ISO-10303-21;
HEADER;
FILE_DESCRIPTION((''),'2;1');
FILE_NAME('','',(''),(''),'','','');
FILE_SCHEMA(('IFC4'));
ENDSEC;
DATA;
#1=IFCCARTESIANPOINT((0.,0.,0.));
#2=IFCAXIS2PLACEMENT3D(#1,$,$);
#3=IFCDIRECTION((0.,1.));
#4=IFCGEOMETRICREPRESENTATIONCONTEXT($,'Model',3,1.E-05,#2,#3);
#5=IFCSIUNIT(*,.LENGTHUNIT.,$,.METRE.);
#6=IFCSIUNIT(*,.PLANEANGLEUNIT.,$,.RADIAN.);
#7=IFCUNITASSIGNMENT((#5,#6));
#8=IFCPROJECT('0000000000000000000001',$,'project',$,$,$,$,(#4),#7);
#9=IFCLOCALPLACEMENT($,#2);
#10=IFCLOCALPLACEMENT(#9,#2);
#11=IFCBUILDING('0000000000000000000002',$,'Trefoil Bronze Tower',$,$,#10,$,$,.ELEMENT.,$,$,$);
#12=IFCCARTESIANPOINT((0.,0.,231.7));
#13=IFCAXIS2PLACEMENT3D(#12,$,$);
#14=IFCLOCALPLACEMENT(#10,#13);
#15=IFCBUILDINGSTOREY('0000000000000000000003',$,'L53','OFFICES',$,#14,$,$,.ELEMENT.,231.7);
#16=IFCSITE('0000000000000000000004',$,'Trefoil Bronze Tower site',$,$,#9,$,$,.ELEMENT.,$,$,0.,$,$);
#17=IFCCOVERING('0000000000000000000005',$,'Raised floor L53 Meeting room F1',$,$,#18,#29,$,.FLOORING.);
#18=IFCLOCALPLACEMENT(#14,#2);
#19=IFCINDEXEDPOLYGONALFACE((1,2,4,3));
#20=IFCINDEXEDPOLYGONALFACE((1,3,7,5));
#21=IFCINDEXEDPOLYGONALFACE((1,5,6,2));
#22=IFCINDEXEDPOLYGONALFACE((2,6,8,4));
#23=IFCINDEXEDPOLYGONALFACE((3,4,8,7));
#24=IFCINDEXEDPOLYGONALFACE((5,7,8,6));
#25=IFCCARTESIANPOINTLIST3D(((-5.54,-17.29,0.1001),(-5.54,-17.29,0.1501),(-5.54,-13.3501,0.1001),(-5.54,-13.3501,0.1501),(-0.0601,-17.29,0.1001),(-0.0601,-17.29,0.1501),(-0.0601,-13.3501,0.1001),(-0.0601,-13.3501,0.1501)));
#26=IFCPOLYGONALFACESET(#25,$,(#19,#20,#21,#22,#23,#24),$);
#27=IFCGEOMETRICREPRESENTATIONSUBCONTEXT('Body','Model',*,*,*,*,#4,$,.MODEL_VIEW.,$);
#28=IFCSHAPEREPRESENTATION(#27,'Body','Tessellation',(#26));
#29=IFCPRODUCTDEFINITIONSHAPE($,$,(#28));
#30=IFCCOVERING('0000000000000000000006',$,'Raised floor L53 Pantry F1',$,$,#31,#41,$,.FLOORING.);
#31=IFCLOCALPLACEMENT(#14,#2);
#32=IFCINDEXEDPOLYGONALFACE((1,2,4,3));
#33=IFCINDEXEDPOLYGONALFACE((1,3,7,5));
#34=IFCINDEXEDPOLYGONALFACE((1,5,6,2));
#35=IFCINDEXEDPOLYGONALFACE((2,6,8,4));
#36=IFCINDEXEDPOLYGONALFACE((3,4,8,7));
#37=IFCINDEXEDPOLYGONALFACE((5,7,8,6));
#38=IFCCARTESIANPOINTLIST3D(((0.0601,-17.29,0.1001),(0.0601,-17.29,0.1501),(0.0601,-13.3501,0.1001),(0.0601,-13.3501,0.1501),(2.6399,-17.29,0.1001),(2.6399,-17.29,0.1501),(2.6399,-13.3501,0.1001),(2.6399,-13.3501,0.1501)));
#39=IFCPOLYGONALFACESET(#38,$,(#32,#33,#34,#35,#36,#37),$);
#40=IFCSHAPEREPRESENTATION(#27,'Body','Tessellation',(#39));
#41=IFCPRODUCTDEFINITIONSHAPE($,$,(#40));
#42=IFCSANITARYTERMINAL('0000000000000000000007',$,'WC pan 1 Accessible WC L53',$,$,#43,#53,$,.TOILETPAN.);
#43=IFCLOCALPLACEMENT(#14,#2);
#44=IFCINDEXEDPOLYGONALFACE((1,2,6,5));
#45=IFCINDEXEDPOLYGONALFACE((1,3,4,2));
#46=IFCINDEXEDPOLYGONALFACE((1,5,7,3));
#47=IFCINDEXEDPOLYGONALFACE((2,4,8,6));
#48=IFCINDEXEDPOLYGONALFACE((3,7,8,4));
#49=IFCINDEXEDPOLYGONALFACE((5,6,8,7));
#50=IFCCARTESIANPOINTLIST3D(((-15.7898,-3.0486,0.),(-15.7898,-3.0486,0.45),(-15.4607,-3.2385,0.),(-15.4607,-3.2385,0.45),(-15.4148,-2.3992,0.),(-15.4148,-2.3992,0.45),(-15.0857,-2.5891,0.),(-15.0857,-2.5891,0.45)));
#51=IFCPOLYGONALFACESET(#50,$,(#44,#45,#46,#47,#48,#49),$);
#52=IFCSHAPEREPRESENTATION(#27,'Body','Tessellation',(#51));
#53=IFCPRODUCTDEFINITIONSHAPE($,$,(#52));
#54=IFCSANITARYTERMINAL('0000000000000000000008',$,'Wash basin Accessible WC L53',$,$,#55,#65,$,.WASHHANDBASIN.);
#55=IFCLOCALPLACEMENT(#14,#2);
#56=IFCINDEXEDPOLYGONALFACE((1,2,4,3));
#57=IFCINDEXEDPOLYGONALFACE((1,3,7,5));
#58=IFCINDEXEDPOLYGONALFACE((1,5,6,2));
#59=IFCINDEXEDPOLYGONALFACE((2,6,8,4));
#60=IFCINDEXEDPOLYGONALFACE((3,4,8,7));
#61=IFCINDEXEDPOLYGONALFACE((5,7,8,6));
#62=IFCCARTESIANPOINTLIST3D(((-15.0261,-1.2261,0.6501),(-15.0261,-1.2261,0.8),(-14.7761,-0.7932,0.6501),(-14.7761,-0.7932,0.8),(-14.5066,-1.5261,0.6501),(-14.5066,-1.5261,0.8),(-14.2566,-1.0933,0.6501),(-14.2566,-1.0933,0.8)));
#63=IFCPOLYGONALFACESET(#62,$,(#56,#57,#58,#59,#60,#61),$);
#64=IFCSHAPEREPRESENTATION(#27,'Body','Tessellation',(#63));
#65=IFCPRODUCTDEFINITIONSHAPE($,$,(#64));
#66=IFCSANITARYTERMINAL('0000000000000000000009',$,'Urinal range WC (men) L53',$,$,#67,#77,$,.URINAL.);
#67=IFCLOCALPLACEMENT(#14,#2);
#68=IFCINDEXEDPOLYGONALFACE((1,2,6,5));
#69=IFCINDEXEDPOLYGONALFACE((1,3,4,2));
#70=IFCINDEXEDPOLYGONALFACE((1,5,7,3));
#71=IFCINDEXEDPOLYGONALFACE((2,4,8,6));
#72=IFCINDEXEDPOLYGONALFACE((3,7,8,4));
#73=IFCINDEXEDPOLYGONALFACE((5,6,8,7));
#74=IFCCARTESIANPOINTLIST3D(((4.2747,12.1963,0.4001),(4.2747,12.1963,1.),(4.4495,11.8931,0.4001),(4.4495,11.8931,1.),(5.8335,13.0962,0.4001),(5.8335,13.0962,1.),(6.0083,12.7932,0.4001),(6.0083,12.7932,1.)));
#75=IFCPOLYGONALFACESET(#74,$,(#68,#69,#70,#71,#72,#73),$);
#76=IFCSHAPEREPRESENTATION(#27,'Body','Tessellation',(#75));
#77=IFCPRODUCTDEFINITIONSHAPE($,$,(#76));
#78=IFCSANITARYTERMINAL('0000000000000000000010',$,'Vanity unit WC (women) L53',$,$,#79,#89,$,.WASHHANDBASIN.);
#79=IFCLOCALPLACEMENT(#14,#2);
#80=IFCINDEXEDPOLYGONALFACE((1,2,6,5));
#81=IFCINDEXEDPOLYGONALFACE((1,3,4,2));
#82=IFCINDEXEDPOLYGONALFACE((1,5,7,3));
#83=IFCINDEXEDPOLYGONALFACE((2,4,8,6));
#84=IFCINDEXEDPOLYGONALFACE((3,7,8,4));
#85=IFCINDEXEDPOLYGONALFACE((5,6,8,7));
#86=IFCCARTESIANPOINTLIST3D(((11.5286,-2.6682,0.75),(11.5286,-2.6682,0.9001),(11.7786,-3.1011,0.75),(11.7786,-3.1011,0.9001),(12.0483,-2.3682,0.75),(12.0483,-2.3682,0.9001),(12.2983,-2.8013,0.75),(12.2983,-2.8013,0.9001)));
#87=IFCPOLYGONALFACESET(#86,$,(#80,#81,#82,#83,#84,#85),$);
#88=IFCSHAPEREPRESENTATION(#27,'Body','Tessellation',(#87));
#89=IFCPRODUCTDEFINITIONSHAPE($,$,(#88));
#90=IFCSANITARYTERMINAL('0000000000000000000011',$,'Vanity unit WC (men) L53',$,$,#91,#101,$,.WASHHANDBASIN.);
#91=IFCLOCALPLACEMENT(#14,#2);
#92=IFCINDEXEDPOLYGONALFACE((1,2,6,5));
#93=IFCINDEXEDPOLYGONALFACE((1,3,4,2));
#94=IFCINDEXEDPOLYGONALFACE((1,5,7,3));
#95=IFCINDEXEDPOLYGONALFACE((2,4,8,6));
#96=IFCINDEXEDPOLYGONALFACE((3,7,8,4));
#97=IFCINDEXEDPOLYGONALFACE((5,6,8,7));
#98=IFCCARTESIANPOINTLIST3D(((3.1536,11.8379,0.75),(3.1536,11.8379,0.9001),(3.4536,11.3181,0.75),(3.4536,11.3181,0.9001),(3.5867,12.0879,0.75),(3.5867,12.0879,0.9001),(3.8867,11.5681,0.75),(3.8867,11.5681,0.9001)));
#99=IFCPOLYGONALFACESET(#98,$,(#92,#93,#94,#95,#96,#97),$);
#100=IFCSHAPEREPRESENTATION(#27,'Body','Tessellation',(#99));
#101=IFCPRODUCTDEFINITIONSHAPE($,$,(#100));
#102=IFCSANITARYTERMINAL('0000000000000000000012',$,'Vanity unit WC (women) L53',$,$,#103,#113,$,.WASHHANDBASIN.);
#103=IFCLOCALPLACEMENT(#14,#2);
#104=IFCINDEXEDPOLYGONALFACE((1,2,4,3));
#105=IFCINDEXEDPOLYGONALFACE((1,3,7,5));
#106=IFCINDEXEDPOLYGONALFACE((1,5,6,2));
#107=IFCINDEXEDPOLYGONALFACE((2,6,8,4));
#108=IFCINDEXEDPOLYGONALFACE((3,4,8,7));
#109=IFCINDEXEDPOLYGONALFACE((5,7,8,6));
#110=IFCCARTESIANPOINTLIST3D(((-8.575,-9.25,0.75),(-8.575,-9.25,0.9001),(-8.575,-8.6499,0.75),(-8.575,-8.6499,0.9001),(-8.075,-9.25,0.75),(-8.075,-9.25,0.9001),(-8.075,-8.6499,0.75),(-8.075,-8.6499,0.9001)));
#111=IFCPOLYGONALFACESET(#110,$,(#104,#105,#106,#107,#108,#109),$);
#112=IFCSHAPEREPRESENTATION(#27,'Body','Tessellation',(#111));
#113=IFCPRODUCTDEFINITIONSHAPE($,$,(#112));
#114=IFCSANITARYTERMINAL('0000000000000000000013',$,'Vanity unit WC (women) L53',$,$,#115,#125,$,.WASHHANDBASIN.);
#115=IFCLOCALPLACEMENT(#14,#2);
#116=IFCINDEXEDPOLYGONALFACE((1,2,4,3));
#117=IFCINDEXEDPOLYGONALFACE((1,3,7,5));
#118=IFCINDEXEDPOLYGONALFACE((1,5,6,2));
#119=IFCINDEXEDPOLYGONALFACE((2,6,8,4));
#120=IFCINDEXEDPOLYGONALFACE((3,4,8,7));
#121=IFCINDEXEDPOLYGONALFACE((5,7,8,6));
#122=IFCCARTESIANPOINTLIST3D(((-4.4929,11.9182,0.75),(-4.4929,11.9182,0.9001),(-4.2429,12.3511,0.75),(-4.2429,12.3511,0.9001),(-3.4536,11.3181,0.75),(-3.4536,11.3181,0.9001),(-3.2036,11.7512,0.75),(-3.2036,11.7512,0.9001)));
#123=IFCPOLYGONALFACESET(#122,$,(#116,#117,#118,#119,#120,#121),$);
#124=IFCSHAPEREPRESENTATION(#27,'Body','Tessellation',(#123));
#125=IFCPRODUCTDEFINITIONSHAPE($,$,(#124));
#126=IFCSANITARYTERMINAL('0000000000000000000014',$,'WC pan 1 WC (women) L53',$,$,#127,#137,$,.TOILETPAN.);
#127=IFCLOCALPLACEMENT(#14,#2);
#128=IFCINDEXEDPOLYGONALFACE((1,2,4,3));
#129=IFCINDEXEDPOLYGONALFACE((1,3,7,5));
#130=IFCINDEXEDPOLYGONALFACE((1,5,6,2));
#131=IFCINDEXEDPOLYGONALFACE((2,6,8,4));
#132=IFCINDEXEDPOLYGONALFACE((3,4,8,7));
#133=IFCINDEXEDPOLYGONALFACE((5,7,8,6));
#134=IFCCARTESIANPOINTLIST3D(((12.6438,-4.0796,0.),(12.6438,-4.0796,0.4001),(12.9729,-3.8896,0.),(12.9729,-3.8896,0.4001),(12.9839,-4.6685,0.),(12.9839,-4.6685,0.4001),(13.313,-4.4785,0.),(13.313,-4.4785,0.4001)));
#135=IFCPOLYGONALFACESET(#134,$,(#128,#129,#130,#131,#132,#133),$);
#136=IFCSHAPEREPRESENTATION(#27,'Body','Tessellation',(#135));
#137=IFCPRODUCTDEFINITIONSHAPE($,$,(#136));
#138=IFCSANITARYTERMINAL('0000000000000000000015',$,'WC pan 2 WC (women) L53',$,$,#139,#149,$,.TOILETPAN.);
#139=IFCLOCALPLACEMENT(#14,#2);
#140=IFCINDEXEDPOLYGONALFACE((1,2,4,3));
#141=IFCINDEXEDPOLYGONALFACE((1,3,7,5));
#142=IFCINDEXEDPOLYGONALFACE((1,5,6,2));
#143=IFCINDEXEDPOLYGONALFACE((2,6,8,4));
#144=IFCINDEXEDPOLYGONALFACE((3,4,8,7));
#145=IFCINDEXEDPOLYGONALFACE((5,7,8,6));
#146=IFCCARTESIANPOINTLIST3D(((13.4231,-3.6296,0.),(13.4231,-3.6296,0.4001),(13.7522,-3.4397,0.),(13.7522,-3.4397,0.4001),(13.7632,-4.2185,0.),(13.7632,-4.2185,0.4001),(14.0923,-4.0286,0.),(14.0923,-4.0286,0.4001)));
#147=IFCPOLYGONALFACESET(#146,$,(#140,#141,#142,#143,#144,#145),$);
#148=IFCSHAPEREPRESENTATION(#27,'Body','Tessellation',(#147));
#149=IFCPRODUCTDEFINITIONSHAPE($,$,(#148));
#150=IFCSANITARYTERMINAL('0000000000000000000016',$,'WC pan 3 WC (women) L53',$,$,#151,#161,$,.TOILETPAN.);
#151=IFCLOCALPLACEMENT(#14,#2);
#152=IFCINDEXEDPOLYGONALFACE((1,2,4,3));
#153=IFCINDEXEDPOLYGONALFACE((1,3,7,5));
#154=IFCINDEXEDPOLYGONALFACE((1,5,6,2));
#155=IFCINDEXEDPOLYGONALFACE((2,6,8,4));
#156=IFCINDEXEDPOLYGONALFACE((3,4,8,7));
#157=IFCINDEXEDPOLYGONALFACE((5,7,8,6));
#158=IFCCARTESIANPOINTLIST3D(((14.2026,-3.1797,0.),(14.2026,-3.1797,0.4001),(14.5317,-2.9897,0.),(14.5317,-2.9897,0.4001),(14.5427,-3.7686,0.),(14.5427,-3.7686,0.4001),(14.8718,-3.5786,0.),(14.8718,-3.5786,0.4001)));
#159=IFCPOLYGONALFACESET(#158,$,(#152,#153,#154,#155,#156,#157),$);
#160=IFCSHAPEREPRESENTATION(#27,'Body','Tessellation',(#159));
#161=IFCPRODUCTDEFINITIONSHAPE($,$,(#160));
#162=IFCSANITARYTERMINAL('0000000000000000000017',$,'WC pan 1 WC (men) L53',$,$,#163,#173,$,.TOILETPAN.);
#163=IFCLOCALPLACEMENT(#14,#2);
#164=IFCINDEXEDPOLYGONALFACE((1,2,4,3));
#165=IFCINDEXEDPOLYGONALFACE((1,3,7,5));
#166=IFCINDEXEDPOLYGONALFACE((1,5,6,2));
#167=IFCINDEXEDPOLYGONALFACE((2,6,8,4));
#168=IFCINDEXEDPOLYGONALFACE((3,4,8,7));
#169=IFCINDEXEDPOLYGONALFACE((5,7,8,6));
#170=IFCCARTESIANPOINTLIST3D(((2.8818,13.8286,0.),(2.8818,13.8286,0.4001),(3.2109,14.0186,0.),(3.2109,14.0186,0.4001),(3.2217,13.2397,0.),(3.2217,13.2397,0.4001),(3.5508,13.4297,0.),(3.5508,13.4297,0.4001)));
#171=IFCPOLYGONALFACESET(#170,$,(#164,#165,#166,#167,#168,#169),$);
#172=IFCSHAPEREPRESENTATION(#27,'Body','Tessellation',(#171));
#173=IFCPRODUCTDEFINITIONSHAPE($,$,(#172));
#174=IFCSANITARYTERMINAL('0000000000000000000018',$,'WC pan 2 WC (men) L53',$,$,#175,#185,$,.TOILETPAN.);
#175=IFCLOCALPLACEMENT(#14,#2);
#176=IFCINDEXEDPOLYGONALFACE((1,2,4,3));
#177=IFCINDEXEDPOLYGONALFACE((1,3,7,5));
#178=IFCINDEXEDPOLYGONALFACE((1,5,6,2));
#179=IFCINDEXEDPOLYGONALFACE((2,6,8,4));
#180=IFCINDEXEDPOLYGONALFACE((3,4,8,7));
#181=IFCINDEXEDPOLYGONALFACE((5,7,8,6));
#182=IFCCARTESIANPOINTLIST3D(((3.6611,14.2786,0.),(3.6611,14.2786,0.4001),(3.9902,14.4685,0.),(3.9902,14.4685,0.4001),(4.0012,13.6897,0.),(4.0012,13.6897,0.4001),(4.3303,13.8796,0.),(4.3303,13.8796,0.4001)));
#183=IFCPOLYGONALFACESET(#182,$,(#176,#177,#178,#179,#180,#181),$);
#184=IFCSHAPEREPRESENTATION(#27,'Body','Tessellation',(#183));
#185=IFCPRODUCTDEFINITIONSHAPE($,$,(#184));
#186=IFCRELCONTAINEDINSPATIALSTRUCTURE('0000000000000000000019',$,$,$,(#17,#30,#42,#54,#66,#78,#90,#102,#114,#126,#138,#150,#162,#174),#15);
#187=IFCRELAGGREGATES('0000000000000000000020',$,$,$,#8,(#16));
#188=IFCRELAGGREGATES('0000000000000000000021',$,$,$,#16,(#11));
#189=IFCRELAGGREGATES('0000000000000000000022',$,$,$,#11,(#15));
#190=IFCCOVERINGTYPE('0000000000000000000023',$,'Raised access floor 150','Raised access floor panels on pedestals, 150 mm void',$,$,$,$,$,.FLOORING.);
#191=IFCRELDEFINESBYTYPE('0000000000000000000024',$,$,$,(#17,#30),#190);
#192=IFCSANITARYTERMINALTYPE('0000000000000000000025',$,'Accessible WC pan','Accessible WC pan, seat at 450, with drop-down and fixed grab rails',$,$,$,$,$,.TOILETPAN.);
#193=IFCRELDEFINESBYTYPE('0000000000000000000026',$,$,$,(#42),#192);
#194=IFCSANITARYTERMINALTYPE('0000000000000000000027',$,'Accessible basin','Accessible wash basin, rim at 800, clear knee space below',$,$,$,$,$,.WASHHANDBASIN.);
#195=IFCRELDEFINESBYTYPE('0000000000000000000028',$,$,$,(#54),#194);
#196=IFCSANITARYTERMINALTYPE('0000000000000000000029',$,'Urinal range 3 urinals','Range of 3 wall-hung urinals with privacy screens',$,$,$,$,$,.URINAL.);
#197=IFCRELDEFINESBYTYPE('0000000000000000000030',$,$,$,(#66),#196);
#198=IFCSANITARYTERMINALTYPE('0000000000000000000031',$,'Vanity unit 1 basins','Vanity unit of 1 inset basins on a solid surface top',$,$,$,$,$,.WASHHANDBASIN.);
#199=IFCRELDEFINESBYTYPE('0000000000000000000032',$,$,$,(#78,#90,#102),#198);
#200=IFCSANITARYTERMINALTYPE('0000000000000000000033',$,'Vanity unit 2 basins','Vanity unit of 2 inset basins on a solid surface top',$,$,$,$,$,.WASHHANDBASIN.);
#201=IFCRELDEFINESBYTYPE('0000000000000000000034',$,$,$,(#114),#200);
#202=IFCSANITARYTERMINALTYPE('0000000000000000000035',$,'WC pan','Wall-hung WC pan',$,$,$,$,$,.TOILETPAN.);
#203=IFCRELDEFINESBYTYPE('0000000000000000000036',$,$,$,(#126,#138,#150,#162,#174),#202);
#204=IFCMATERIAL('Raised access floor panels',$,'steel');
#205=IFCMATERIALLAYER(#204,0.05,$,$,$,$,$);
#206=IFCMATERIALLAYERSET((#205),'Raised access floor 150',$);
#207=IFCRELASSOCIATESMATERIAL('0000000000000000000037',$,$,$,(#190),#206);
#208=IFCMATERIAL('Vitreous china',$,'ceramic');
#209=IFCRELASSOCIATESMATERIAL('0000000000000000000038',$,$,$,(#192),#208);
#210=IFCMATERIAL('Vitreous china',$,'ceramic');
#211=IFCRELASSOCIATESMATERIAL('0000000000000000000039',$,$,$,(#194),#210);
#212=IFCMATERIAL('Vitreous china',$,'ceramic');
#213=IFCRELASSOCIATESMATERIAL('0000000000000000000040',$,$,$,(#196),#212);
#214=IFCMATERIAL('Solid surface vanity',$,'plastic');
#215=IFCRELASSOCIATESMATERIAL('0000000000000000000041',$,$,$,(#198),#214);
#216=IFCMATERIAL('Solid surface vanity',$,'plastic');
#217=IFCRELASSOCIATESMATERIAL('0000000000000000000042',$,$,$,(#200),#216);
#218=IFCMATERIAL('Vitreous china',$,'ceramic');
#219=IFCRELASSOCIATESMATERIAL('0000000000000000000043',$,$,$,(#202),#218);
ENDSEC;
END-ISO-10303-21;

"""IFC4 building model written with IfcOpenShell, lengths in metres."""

from ifc_helpers import new_model, si_unit, direction, frame, origin, place, context, subcontext, project, spatial, polyline, outline, extrude, material, layer, layer_set, type_object, element, save


model = new_model("IFC4")

# Units and contexts
model_context = context("Model", 3, precision=1e-05, world=origin(), true_north=direction((0.0, 1.0)))
body_context = subcontext(model_context, "Body", "Model", "MODEL_VIEW")
ifc_project = project(units=[si_unit("LENGTHUNIT", "METRE"), si_unit("PLANEANGLEUNIT", "RADIAN")], contexts=[model_context])

# Site, building, storey
site_placement = place(None, origin())
site = spatial("IfcSite", under=ifc_project, at=site_placement, Name="Trefoil Bronze Tower site", CompositionType="ELEMENT", RefElevation=0.0)
building_placement = place(site_placement, origin())
building = spatial("IfcBuilding", under=site, at=building_placement, Name="Trefoil Bronze Tower", CompositionType="ELEMENT")
storey_placement = place(building_placement, frame((0.0, 0.0, 231.7)))
storey = spatial("IfcBuildingStorey", under=building, at=storey_placement, Name="L53", Description="OFFICES", CompositionType="ELEMENT", Elevation=231.7)

# Coverings
ifc_material_1 = material(Name="Raised access floor panels", Category="steel")
ifc_layer_1 = layer(ifc_material_1, 0.05)
ifc_layer_set_1 = layer_set([ifc_layer_1], Name="Raised access floor 150")
covering_type_1 = type_object("IfcCoveringType", Name="Raised access floor 150", Description="Raised access floor panels on pedestals, 150 mm void", PredefinedType="FLOORING", material=ifc_layer_set_1)
covering_1_placement = place(storey_placement, frame((0.0, 0.0, 0.1001)))
element("IfcCovering", 1, at=covering_1_placement, inside=storey, type_object=covering_type_1, Name="Raised floor L53 Meeting room F1", PredefinedType="FLOORING", context=body_context, shape_type="SweptSolid", body=[
    extrude(outline(polyline([(-0.0601, -13.3501), (-0.0601, -17.29), (-5.54, -17.29), (-5.54, -13.3501), (-0.0601, -13.3501)])), origin(), (0.0, 0.0, 1.0), 0.05),
])
covering_2_placement = place(storey_placement, frame((0.0, 0.0, 0.1001)))
element("IfcCovering", 2, at=covering_2_placement, inside=storey, type_object=covering_type_1, Name="Raised floor L53 Pantry F1", PredefinedType="FLOORING", context=body_context, shape_type="SweptSolid", body=[
    extrude(outline(polyline([(2.6399, -13.3501), (2.6399, -17.29), (0.0601, -17.29), (0.0601, -13.3501), (2.6399, -13.3501)])), origin(), (0.0, 0.0, 1.0), 0.05),
])

# Sanitary terminals
ifc_material_2 = material(Name="Vitreous china", Category="ceramic")
sanitary_terminal_type_1 = type_object("IfcSanitaryTerminalType", Name="Accessible WC pan", Description="Accessible WC pan, seat at 450, with drop-down and fixed grab rails", PredefinedType="TOILETPAN", material=ifc_material_2)
sanitary_terminal_1_placement = place(storey_placement, origin())
element("IfcSanitaryTerminal", 3, at=sanitary_terminal_1_placement, inside=storey, type_object=sanitary_terminal_type_1, Name="WC pan 1 Accessible WC L53", PredefinedType="TOILETPAN", context=body_context, shape_type="SweptSolid", body=[
    extrude(outline(polyline([(-15.0857, -2.5891), (-15.4607, -3.2385), (-15.7898, -3.0486), (-15.4148, -2.3992), (-15.0857, -2.5891)])), origin(), (0.0, 0.0, 1.0), 0.45),
])
ifc_material_3 = material(Name="Vitreous china", Category="ceramic")
sanitary_terminal_type_2 = type_object("IfcSanitaryTerminalType", Name="Accessible basin", Description="Accessible wash basin, rim at 800, clear knee space below", PredefinedType="WASHHANDBASIN", material=ifc_material_3)
sanitary_terminal_2_placement = place(storey_placement, frame((0.0, 0.0, 0.6501)))
element("IfcSanitaryTerminal", 4, at=sanitary_terminal_2_placement, inside=storey, type_object=sanitary_terminal_type_2, Name="Wash basin Accessible WC L53", PredefinedType="WASHHANDBASIN", context=body_context, shape_type="SweptSolid", body=[
    extrude(outline(polyline([(-14.2566, -1.0933), (-14.5066, -1.5261), (-15.0261, -1.2261), (-14.7761, -0.7932), (-14.2566, -1.0933)])), origin(), (0.0, 0.0, 1.0), 0.1499),
])
ifc_material_4 = material(Name="Vitreous china", Category="ceramic")
sanitary_terminal_type_3 = type_object("IfcSanitaryTerminalType", Name="Urinal range 3 urinals", Description="Range of 3 wall-hung urinals with privacy screens", PredefinedType="URINAL", material=ifc_material_4)
sanitary_terminal_3_placement = place(storey_placement, frame((0.0, 0.0, 0.4001)))
element("IfcSanitaryTerminal", 5, at=sanitary_terminal_3_placement, inside=storey, type_object=sanitary_terminal_type_3, Name="Urinal range WC (men) L53", PredefinedType="URINAL", context=body_context, shape_type="SweptSolid", body=[
    extrude(outline(polyline([(4.4495, 11.8931), (4.2747, 12.1963), (5.8335, 13.0962), (6.0083, 12.7932), (4.4495, 11.8931)])), origin(), (0.0, 0.0, 1.0), 0.5999),
])
ifc_material_5 = material(Name="Solid surface vanity", Category="plastic")
sanitary_terminal_type_4 = type_object("IfcSanitaryTerminalType", Name="Vanity unit 1 basins", Description="Vanity unit of 1 inset basins on a solid surface top", PredefinedType="WASHHANDBASIN", material=ifc_material_5)
sanitary_terminal_4_placement = place(storey_placement, frame((0.0, 0.0, 0.75)))
element("IfcSanitaryTerminal", 6, at=sanitary_terminal_4_placement, inside=storey, type_object=sanitary_terminal_type_4, Name="Vanity unit WC (women) L53", PredefinedType="WASHHANDBASIN", context=body_context, shape_type="SweptSolid", body=[
    extrude(outline(polyline([(11.5286, -2.6682), (11.7786, -3.1011), (12.2983, -2.8013), (12.0483, -2.3682), (11.5286, -2.6682)])), origin(), (0.0, 0.0, 1.0), 0.1501),
])
sanitary_terminal_5_placement = place(storey_placement, frame((0.0, 0.0, 0.75)))
element("IfcSanitaryTerminal", 7, at=sanitary_terminal_5_placement, inside=storey, type_object=sanitary_terminal_type_4, Name="Vanity unit WC (men) L53", PredefinedType="WASHHANDBASIN", context=body_context, shape_type="SweptSolid", body=[
    extrude(outline(polyline([(3.4536, 11.3181), (3.1536, 11.8379), (3.5867, 12.0879), (3.8867, 11.5681), (3.4536, 11.3181)])), origin(), (0.0, 0.0, 1.0), 0.1501),
])
sanitary_terminal_6_placement = place(storey_placement, frame((0.0, 0.0, 0.75)))
element("IfcSanitaryTerminal", 8, at=sanitary_terminal_6_placement, inside=storey, type_object=sanitary_terminal_type_4, Name="Vanity unit WC (women) L53", PredefinedType="WASHHANDBASIN", context=body_context, shape_type="SweptSolid", body=[
    extrude(outline(polyline([(-8.075, -8.6499), (-8.575, -8.6499), (-8.575, -9.25), (-8.075, -9.25), (-8.075, -8.6499)])), origin(), (0.0, 0.0, 1.0), 0.1501),
])
ifc_material_6 = material(Name="Solid surface vanity", Category="plastic")
sanitary_terminal_type_5 = type_object("IfcSanitaryTerminalType", Name="Vanity unit 2 basins", Description="Vanity unit of 2 inset basins on a solid surface top", PredefinedType="WASHHANDBASIN", material=ifc_material_6)
sanitary_terminal_7_placement = place(storey_placement, frame((0.0, 0.0, 0.75)))
element("IfcSanitaryTerminal", 9, at=sanitary_terminal_7_placement, inside=storey, type_object=sanitary_terminal_type_5, Name="Vanity unit WC (women) L53", PredefinedType="WASHHANDBASIN", context=body_context, shape_type="SweptSolid", body=[
    extrude(outline(polyline([(-3.4536, 11.3181), (-3.2036, 11.7512), (-4.2429, 12.3511), (-4.4929, 11.9182), (-3.4536, 11.3181)])), origin(), (0.0, 0.0, 1.0), 0.1501),
])
ifc_material_7 = material(Name="Vitreous china", Category="ceramic")
sanitary_terminal_type_6 = type_object("IfcSanitaryTerminalType", Name="WC pan", Description="Wall-hung WC pan", PredefinedType="TOILETPAN", material=ifc_material_7)
sanitary_terminal_8_placement = place(storey_placement, origin())
element("IfcSanitaryTerminal", 10, at=sanitary_terminal_8_placement, inside=storey, type_object=sanitary_terminal_type_6, Name="WC pan 1 WC (women) L53", PredefinedType="TOILETPAN", context=body_context, shape_type="SweptSolid", body=[
    extrude(outline(polyline([(12.6438, -4.0796), (12.9839, -4.6685), (13.313, -4.4785), (12.9729, -3.8896), (12.6438, -4.0796)])), origin(), (0.0, 0.0, 1.0), 0.4001),
])
sanitary_terminal_9_placement = place(storey_placement, origin())
element("IfcSanitaryTerminal", 11, at=sanitary_terminal_9_placement, inside=storey, type_object=sanitary_terminal_type_6, Name="WC pan 2 WC (women) L53", PredefinedType="TOILETPAN", context=body_context, shape_type="SweptSolid", body=[
    extrude(outline(polyline([(13.4231, -3.6296), (13.7632, -4.2185), (14.0923, -4.0286), (13.7522, -3.4397), (13.4231, -3.6296)])), origin(), (0.0, 0.0, 1.0), 0.4001),
])
sanitary_terminal_10_placement = place(storey_placement, origin())
element("IfcSanitaryTerminal", 12, at=sanitary_terminal_10_placement, inside=storey, type_object=sanitary_terminal_type_6, Name="WC pan 3 WC (women) L53", PredefinedType="TOILETPAN", context=body_context, shape_type="SweptSolid", body=[
    extrude(outline(polyline([(14.2026, -3.1797), (14.5427, -3.7686), (14.8718, -3.5786), (14.5317, -2.9897), (14.2026, -3.1797)])), origin(), (0.0, 0.0, 1.0), 0.4001),
])
sanitary_terminal_11_placement = place(storey_placement, origin())
element("IfcSanitaryTerminal", 13, at=sanitary_terminal_11_placement, inside=storey, type_object=sanitary_terminal_type_6, Name="WC pan 1 WC (men) L53", PredefinedType="TOILETPAN", context=body_context, shape_type="SweptSolid", body=[
    extrude(outline(polyline([(3.2217, 13.2397), (2.8818, 13.8286), (3.2109, 14.0186), (3.5508, 13.4297), (3.2217, 13.2397)])), origin(), (0.0, 0.0, 1.0), 0.4001),
])
sanitary_terminal_12_placement = place(storey_placement, origin())
element("IfcSanitaryTerminal", 14, at=sanitary_terminal_12_placement, inside=storey, type_object=sanitary_terminal_type_6, Name="WC pan 2 WC (men) L53", PredefinedType="TOILETPAN", context=body_context, shape_type="SweptSolid", body=[
    extrude(outline(polyline([(4.0012, 13.6897), (3.6611, 14.2786), (3.9902, 14.4685), (4.3303, 13.8796), (4.0012, 13.6897)])), origin(), (0.0, 0.0, 1.0), 0.4001),
])

save(model, "model.ifc")
